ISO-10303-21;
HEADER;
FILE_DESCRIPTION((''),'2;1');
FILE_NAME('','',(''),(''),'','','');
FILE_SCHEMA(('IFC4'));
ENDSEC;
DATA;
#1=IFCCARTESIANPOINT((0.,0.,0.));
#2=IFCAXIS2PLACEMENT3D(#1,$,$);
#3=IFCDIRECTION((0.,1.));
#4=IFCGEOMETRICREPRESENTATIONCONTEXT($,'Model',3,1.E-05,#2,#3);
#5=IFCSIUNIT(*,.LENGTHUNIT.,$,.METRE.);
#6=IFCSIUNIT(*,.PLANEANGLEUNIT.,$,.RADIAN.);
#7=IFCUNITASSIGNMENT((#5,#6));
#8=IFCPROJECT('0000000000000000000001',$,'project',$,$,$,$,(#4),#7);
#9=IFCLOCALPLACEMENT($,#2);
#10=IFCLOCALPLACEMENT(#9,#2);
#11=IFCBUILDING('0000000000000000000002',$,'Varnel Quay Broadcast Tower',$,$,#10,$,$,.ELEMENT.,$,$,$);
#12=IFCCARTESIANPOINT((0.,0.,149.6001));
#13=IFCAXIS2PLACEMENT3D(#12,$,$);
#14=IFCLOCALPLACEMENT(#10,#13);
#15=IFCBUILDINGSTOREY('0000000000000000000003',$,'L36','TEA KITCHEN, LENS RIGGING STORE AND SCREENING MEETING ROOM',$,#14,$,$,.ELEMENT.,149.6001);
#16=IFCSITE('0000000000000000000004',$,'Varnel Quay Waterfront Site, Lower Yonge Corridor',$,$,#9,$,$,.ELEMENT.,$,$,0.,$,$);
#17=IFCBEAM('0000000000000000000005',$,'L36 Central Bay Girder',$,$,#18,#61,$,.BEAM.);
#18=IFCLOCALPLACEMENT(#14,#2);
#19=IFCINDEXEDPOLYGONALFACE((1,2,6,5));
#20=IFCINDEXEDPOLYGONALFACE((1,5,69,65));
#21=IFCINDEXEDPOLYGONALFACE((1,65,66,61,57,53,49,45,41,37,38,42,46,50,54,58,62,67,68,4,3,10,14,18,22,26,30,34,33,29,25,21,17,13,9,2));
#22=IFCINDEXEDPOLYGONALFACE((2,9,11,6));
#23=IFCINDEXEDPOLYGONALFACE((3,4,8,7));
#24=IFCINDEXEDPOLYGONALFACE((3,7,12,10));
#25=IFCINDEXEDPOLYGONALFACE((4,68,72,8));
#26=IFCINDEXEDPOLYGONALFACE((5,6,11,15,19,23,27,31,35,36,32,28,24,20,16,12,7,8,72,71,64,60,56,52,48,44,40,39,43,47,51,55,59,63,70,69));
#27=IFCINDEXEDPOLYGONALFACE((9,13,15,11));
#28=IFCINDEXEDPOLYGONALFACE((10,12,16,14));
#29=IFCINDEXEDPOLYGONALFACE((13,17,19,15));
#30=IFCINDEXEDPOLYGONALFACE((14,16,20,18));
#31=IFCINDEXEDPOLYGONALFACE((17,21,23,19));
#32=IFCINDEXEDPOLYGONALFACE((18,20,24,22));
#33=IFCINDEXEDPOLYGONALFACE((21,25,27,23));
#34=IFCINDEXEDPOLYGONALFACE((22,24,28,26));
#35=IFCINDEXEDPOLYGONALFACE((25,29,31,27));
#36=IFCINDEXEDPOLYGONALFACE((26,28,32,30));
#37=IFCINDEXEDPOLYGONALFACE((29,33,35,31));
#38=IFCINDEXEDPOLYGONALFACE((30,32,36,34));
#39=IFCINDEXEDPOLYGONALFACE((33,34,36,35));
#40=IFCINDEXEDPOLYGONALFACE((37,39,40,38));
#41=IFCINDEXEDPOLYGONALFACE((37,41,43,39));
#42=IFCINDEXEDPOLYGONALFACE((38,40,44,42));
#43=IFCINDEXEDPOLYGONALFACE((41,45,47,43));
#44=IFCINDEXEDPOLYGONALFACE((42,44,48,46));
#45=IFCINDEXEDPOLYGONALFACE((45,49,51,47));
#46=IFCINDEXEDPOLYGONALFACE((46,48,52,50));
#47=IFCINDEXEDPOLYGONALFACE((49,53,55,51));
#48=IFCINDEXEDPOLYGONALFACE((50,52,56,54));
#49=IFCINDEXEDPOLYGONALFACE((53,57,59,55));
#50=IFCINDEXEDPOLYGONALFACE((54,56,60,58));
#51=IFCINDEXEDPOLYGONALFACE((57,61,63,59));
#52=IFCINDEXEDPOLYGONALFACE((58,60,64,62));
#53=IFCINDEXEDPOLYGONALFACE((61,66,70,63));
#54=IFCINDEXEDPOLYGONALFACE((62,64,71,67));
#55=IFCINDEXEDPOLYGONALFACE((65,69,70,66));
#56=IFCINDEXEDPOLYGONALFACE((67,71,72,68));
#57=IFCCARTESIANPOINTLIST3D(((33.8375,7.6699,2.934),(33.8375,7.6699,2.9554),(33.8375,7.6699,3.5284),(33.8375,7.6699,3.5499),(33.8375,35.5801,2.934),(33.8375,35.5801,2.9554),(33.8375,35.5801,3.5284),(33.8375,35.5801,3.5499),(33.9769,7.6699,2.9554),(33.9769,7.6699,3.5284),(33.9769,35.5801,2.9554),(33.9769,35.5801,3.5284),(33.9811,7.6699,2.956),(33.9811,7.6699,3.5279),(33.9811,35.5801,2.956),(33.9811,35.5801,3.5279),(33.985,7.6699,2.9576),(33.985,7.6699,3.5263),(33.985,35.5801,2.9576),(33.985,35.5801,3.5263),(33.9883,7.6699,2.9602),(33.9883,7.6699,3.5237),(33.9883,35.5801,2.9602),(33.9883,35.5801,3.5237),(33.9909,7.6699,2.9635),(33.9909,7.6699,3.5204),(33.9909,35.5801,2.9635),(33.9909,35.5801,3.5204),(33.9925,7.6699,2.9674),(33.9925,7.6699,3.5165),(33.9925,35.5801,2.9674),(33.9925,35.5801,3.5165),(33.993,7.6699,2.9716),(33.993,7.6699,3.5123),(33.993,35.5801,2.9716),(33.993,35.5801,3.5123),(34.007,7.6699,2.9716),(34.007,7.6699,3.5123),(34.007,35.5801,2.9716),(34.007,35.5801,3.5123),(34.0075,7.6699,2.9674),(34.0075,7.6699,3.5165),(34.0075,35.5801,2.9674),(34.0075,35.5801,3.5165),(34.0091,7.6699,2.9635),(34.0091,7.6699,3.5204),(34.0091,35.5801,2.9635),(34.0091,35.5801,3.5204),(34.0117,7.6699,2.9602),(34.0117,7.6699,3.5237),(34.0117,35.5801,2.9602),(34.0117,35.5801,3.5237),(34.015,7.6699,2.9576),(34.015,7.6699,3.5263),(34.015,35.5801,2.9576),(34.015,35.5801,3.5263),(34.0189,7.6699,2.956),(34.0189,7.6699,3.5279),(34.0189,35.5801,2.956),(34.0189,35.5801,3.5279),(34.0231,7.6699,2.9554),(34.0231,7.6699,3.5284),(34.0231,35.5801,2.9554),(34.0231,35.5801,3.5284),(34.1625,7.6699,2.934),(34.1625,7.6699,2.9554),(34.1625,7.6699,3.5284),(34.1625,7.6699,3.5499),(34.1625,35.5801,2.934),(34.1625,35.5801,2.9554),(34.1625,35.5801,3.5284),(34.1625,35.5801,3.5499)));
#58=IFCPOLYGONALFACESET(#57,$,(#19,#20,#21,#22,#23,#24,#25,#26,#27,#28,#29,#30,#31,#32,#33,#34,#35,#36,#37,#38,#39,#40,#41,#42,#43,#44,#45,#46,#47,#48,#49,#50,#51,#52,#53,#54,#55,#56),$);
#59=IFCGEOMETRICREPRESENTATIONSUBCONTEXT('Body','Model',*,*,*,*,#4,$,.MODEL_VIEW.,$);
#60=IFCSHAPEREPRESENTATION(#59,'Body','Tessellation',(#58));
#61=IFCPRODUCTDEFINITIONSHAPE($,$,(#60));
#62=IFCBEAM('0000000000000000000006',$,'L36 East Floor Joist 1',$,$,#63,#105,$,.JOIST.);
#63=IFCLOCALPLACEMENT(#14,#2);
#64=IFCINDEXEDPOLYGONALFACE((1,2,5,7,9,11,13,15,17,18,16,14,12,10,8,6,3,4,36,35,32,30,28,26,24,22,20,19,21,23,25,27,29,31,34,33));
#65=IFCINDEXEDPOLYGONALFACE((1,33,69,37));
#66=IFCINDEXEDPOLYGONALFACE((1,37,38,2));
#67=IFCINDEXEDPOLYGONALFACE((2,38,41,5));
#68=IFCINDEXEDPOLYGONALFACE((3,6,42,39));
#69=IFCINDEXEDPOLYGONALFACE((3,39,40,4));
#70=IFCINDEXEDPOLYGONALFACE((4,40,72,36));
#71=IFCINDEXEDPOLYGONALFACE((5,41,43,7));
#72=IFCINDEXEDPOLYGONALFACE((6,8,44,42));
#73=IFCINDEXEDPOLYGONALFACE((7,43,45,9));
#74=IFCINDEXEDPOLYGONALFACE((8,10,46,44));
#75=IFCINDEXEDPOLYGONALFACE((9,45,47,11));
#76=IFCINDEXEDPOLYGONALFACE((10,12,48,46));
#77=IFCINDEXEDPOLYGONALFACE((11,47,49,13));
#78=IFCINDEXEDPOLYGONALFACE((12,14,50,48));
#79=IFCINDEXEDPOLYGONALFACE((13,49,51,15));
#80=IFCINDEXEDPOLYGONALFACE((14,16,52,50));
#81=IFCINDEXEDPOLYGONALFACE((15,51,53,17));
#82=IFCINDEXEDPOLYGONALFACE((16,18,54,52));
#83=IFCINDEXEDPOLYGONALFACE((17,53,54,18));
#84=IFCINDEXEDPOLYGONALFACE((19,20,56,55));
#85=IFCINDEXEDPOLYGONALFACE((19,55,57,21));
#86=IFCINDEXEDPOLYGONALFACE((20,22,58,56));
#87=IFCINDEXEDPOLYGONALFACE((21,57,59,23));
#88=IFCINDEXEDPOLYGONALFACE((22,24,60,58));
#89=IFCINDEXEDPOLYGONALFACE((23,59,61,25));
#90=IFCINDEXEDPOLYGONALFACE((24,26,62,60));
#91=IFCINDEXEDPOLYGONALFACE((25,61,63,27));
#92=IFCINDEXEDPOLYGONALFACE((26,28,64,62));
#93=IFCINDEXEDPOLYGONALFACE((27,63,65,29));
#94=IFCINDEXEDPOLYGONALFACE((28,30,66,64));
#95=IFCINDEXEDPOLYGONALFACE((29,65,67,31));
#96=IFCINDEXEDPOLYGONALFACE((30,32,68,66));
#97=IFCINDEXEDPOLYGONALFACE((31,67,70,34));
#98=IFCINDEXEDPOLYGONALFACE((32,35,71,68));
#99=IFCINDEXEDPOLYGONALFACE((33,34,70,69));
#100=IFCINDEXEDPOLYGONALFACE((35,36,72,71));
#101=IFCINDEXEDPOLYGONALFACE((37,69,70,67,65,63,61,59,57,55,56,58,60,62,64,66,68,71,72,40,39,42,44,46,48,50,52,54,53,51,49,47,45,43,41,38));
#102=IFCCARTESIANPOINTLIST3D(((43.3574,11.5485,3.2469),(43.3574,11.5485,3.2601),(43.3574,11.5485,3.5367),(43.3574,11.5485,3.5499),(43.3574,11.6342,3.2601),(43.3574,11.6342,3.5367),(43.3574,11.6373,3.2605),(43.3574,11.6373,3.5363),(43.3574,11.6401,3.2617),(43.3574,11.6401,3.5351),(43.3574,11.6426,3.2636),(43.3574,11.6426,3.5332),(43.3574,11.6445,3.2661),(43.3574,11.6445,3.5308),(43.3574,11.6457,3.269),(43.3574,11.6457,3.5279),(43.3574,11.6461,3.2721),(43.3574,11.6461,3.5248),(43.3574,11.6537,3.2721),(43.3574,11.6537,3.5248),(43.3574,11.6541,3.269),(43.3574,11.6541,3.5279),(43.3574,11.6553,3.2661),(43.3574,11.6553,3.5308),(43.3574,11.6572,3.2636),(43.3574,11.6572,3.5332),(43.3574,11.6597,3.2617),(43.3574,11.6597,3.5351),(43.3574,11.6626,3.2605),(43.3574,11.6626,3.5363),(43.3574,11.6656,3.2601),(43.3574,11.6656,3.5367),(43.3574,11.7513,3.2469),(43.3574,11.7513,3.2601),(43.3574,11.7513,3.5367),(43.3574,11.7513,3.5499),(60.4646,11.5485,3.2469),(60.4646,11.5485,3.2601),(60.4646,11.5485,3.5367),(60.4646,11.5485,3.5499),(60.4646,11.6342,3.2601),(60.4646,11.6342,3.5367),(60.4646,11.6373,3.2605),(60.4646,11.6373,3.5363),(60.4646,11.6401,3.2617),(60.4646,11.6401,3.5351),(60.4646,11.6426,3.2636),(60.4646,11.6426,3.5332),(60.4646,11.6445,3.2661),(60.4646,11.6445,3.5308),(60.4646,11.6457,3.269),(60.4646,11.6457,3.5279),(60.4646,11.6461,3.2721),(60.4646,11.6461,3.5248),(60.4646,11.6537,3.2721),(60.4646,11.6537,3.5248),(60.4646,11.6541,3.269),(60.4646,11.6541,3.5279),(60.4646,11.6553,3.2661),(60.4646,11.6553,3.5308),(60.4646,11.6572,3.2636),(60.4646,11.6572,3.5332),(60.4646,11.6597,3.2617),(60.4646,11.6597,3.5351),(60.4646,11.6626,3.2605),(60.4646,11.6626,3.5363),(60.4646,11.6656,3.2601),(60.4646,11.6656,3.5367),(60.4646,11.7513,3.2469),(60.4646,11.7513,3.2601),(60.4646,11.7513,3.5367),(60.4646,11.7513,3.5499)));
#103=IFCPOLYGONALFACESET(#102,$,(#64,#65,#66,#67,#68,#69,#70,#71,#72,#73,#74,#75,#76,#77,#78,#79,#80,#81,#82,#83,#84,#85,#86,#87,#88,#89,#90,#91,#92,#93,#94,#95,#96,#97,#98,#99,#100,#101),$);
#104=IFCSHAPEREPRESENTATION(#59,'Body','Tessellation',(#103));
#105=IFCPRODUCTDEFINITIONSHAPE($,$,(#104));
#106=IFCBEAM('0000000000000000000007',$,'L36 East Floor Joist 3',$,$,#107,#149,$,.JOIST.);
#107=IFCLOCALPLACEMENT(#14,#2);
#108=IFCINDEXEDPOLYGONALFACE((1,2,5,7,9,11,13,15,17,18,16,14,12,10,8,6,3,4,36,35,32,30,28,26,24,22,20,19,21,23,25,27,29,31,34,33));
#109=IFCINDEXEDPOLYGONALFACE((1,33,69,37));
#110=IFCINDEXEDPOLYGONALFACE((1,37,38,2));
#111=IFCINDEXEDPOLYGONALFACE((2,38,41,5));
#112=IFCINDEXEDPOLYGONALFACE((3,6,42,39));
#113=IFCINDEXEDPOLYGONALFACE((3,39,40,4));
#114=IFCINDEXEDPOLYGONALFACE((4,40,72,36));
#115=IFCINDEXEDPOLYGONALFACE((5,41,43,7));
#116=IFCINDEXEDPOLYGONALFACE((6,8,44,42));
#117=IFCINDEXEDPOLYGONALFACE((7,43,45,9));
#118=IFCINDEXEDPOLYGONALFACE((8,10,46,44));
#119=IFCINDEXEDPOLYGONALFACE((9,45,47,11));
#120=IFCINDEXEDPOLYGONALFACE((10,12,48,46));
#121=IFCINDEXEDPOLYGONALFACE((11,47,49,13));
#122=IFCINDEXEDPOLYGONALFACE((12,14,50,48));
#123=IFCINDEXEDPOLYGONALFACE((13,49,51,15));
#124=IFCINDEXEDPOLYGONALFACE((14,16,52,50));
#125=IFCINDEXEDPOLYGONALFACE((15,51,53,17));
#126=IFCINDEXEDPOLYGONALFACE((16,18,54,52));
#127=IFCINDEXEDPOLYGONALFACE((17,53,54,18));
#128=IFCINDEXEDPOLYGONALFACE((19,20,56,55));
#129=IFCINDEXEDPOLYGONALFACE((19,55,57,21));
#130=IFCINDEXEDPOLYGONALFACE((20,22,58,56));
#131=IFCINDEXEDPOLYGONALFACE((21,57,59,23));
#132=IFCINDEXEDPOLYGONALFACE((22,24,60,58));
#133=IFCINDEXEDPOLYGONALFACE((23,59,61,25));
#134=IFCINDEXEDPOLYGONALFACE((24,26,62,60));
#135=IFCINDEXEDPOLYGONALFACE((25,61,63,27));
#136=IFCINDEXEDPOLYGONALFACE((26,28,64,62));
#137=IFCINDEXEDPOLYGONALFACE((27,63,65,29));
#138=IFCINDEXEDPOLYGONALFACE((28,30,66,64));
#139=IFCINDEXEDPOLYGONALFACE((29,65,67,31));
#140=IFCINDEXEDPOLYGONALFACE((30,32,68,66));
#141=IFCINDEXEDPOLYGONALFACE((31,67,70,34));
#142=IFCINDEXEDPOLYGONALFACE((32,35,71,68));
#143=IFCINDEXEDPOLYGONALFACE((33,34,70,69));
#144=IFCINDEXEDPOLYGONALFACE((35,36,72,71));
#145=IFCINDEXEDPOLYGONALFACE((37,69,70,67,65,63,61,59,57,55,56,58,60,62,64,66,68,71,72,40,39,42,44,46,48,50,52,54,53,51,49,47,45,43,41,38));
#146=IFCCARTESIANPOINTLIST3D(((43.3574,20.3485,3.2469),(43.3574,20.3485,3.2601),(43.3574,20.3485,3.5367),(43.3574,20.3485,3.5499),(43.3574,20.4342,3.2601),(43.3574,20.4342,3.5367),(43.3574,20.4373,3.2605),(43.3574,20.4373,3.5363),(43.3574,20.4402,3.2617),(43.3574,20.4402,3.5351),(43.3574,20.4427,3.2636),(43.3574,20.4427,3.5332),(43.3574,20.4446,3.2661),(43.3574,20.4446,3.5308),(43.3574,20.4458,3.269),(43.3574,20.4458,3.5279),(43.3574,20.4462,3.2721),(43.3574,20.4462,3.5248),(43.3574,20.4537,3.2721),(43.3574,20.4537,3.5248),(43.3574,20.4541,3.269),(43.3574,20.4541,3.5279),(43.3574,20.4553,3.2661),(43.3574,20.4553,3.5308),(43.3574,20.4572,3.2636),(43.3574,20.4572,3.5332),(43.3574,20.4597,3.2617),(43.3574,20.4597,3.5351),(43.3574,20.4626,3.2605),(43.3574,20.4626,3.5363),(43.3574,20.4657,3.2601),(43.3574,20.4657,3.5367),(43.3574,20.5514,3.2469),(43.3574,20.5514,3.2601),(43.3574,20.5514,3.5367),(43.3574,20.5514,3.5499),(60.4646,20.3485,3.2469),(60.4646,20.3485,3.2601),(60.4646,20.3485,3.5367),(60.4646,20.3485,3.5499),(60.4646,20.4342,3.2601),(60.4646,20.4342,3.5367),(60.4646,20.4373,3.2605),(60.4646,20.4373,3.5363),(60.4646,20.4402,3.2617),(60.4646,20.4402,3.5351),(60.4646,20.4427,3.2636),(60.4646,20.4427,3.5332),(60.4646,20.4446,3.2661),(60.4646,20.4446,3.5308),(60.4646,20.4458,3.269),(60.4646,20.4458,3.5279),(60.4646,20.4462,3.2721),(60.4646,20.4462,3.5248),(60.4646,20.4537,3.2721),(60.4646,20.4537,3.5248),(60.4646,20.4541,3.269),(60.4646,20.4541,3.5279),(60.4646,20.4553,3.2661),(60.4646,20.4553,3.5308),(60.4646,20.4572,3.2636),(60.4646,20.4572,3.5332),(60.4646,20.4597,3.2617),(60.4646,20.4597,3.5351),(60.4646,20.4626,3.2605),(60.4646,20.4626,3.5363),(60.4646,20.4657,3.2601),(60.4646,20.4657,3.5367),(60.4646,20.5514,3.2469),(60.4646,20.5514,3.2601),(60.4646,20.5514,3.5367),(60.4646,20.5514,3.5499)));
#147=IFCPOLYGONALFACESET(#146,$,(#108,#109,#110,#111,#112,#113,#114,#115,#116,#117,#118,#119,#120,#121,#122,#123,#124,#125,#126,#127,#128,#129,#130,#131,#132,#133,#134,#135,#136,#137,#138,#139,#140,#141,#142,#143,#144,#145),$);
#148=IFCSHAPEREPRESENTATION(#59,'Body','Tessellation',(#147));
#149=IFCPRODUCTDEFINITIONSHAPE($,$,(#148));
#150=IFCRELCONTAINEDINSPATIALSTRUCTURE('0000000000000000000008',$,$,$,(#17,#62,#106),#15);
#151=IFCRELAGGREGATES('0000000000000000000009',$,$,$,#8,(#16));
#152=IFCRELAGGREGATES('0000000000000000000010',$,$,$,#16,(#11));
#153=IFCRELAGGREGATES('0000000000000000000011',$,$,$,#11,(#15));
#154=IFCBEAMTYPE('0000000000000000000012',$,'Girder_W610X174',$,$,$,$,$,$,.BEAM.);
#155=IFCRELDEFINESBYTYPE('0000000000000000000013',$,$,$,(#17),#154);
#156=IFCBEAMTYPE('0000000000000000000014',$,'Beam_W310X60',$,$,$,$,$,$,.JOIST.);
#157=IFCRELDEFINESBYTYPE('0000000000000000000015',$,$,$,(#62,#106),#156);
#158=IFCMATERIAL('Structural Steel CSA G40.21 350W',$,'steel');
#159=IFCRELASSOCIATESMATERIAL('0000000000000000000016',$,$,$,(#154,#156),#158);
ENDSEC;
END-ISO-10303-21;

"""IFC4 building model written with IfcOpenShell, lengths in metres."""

from ifc_helpers import new_model, si_unit, direction, frame, origin, origin_2d, place, context, subcontext, project, spatial, i_section, extrude, source, transform, mapped, material, material_profile, profile_set, type_object, type_shapes, element, save


model = new_model("IFC4")

# Units and contexts
model_context = context("Model", 3, precision=1e-05, world=origin(), true_north=direction((0.0, 1.0)))
body_context = subcontext(model_context, "Body", "Model", "MODEL_VIEW")
ifc_project = project(units=[si_unit("LENGTHUNIT", "METRE"), si_unit("PLANEANGLEUNIT", "RADIAN")], contexts=[model_context])

# Site, building, storey
site_placement = place(None, origin())
site = spatial("IfcSite", under=ifc_project, at=site_placement, Name="Varnel Quay Waterfront Site, Lower Yonge Corridor", CompositionType="ELEMENT", RefElevation=0.0)
building_placement = place(site_placement, origin())
building = spatial("IfcBuilding", under=site, at=building_placement, Name="Varnel Quay Broadcast Tower", CompositionType="ELEMENT")
storey_placement = place(building_placement, frame((0.0, 0.0, 149.6001)))
storey = spatial("IfcBuildingStorey", under=building, at=storey_placement, Name="L36", Description="TEA KITCHEN, LENS RIGGING STORE AND SCREENING MEETING ROOM", CompositionType="ELEMENT", Elevation=149.6001)

# Shared definitions
ifc_material_1 = material(Name="Structural Steel CSA G40.21 350W", Category="steel")

# Beams
ifc_material_profile_1 = material_profile(ifc_material_1, i_section(OverallWidth=0.325, OverallDepth=0.616, WebThickness=0.0139, FlangeThickness=0.0215, FilletRadius=0.0161, at=origin_2d()), Name="W610X174")
ifc_profile_set_1 = profile_set([ifc_material_profile_1], Name="Structural Steel CSA G40.21 350W")
beam_type_1 = type_object("IfcBeamType", Name="Girder_W610X174", PredefinedType="BEAM", material=ifc_profile_set_1)
shared_shape_1 = source(origin(), body_context, "Body", "SweptSolid", [
    extrude(i_section(OverallWidth=0.325, OverallDepth=0.616, WebThickness=0.0139, FlangeThickness=0.0215, FilletRadius=0.0161, at=origin_2d()), origin(), (0.0, 0.0, 1.0), 27.9102),
])
beam_1_placement = place(storey_placement, frame((34.0, 7.6699, 3.2419), z_axis=(0.0, 1.0, 0.0), x_axis=(-1.0, 0.0, 0.0)))
element("IfcBeam", 1, at=beam_1_placement, inside=storey, type_object=beam_type_1, Name="L36 Central Bay Girder", PredefinedType="BEAM", context=body_context, shape_type="MappedRepresentation", body=[
    mapped(shared_shape_1, transform((0.0, 0.0, 0.0), x_axis=(1.0, 0.0, 0.0), y_axis=(0.0, 1.0, 0.0), z_axis=(0.0, 0.0, 1.0), scale=1.0)),
])
ifc_material_profile_2 = material_profile(ifc_material_1, i_section(OverallWidth=0.2029, OverallDepth=0.303, WebThickness=0.0076, FlangeThickness=0.0132, FilletRadius=0.012, at=origin_2d()), Name="W310X60")
ifc_profile_set_2 = profile_set([ifc_material_profile_2], Name="Structural Steel CSA G40.21 350W")
beam_type_2 = type_object("IfcBeamType", Name="Beam_W310X60", PredefinedType="JOIST", material=ifc_profile_set_2)
shared_shape_2 = source(origin(), body_context, "Body", "SweptSolid", [
    extrude(i_section(OverallWidth=0.2029, OverallDepth=0.303, WebThickness=0.0076, FlangeThickness=0.0132, FilletRadius=0.012, at=origin_2d()), origin(), (0.0, 0.0, 1.0), 17.1072),
])
type_shapes(beam_type_2, [shared_shape_2])
for number, where, z_axis, x_axis, name in (
    (2, (43.3574, 11.6499, 3.3984), (1.0, 0.0, 0.0), (0.0, 1.0, 0.0), "L36 East Floor Joist 1"),
    (3, (43.3574, 20.45, 3.3984), (1.0, 0.0, 0.0), (0.0, 1.0, 0.0), "L36 East Floor Joist 3"),
):
    element("IfcBeam", number, at=place(storey_placement, frame(where, z_axis=z_axis, x_axis=x_axis)), inside=storey, type_object=beam_type_2, Name=name, PredefinedType="JOIST", context=body_context, shape_type="MappedRepresentation", body=[
        mapped(shared_shape_2, transform((0.0, 0.0, 0.0), x_axis=(1.0, 0.0, 0.0), y_axis=(0.0, 1.0, 0.0), z_axis=(0.0, 0.0, 1.0), scale=1.0)),
    ])

save(model, "model.ifc")
